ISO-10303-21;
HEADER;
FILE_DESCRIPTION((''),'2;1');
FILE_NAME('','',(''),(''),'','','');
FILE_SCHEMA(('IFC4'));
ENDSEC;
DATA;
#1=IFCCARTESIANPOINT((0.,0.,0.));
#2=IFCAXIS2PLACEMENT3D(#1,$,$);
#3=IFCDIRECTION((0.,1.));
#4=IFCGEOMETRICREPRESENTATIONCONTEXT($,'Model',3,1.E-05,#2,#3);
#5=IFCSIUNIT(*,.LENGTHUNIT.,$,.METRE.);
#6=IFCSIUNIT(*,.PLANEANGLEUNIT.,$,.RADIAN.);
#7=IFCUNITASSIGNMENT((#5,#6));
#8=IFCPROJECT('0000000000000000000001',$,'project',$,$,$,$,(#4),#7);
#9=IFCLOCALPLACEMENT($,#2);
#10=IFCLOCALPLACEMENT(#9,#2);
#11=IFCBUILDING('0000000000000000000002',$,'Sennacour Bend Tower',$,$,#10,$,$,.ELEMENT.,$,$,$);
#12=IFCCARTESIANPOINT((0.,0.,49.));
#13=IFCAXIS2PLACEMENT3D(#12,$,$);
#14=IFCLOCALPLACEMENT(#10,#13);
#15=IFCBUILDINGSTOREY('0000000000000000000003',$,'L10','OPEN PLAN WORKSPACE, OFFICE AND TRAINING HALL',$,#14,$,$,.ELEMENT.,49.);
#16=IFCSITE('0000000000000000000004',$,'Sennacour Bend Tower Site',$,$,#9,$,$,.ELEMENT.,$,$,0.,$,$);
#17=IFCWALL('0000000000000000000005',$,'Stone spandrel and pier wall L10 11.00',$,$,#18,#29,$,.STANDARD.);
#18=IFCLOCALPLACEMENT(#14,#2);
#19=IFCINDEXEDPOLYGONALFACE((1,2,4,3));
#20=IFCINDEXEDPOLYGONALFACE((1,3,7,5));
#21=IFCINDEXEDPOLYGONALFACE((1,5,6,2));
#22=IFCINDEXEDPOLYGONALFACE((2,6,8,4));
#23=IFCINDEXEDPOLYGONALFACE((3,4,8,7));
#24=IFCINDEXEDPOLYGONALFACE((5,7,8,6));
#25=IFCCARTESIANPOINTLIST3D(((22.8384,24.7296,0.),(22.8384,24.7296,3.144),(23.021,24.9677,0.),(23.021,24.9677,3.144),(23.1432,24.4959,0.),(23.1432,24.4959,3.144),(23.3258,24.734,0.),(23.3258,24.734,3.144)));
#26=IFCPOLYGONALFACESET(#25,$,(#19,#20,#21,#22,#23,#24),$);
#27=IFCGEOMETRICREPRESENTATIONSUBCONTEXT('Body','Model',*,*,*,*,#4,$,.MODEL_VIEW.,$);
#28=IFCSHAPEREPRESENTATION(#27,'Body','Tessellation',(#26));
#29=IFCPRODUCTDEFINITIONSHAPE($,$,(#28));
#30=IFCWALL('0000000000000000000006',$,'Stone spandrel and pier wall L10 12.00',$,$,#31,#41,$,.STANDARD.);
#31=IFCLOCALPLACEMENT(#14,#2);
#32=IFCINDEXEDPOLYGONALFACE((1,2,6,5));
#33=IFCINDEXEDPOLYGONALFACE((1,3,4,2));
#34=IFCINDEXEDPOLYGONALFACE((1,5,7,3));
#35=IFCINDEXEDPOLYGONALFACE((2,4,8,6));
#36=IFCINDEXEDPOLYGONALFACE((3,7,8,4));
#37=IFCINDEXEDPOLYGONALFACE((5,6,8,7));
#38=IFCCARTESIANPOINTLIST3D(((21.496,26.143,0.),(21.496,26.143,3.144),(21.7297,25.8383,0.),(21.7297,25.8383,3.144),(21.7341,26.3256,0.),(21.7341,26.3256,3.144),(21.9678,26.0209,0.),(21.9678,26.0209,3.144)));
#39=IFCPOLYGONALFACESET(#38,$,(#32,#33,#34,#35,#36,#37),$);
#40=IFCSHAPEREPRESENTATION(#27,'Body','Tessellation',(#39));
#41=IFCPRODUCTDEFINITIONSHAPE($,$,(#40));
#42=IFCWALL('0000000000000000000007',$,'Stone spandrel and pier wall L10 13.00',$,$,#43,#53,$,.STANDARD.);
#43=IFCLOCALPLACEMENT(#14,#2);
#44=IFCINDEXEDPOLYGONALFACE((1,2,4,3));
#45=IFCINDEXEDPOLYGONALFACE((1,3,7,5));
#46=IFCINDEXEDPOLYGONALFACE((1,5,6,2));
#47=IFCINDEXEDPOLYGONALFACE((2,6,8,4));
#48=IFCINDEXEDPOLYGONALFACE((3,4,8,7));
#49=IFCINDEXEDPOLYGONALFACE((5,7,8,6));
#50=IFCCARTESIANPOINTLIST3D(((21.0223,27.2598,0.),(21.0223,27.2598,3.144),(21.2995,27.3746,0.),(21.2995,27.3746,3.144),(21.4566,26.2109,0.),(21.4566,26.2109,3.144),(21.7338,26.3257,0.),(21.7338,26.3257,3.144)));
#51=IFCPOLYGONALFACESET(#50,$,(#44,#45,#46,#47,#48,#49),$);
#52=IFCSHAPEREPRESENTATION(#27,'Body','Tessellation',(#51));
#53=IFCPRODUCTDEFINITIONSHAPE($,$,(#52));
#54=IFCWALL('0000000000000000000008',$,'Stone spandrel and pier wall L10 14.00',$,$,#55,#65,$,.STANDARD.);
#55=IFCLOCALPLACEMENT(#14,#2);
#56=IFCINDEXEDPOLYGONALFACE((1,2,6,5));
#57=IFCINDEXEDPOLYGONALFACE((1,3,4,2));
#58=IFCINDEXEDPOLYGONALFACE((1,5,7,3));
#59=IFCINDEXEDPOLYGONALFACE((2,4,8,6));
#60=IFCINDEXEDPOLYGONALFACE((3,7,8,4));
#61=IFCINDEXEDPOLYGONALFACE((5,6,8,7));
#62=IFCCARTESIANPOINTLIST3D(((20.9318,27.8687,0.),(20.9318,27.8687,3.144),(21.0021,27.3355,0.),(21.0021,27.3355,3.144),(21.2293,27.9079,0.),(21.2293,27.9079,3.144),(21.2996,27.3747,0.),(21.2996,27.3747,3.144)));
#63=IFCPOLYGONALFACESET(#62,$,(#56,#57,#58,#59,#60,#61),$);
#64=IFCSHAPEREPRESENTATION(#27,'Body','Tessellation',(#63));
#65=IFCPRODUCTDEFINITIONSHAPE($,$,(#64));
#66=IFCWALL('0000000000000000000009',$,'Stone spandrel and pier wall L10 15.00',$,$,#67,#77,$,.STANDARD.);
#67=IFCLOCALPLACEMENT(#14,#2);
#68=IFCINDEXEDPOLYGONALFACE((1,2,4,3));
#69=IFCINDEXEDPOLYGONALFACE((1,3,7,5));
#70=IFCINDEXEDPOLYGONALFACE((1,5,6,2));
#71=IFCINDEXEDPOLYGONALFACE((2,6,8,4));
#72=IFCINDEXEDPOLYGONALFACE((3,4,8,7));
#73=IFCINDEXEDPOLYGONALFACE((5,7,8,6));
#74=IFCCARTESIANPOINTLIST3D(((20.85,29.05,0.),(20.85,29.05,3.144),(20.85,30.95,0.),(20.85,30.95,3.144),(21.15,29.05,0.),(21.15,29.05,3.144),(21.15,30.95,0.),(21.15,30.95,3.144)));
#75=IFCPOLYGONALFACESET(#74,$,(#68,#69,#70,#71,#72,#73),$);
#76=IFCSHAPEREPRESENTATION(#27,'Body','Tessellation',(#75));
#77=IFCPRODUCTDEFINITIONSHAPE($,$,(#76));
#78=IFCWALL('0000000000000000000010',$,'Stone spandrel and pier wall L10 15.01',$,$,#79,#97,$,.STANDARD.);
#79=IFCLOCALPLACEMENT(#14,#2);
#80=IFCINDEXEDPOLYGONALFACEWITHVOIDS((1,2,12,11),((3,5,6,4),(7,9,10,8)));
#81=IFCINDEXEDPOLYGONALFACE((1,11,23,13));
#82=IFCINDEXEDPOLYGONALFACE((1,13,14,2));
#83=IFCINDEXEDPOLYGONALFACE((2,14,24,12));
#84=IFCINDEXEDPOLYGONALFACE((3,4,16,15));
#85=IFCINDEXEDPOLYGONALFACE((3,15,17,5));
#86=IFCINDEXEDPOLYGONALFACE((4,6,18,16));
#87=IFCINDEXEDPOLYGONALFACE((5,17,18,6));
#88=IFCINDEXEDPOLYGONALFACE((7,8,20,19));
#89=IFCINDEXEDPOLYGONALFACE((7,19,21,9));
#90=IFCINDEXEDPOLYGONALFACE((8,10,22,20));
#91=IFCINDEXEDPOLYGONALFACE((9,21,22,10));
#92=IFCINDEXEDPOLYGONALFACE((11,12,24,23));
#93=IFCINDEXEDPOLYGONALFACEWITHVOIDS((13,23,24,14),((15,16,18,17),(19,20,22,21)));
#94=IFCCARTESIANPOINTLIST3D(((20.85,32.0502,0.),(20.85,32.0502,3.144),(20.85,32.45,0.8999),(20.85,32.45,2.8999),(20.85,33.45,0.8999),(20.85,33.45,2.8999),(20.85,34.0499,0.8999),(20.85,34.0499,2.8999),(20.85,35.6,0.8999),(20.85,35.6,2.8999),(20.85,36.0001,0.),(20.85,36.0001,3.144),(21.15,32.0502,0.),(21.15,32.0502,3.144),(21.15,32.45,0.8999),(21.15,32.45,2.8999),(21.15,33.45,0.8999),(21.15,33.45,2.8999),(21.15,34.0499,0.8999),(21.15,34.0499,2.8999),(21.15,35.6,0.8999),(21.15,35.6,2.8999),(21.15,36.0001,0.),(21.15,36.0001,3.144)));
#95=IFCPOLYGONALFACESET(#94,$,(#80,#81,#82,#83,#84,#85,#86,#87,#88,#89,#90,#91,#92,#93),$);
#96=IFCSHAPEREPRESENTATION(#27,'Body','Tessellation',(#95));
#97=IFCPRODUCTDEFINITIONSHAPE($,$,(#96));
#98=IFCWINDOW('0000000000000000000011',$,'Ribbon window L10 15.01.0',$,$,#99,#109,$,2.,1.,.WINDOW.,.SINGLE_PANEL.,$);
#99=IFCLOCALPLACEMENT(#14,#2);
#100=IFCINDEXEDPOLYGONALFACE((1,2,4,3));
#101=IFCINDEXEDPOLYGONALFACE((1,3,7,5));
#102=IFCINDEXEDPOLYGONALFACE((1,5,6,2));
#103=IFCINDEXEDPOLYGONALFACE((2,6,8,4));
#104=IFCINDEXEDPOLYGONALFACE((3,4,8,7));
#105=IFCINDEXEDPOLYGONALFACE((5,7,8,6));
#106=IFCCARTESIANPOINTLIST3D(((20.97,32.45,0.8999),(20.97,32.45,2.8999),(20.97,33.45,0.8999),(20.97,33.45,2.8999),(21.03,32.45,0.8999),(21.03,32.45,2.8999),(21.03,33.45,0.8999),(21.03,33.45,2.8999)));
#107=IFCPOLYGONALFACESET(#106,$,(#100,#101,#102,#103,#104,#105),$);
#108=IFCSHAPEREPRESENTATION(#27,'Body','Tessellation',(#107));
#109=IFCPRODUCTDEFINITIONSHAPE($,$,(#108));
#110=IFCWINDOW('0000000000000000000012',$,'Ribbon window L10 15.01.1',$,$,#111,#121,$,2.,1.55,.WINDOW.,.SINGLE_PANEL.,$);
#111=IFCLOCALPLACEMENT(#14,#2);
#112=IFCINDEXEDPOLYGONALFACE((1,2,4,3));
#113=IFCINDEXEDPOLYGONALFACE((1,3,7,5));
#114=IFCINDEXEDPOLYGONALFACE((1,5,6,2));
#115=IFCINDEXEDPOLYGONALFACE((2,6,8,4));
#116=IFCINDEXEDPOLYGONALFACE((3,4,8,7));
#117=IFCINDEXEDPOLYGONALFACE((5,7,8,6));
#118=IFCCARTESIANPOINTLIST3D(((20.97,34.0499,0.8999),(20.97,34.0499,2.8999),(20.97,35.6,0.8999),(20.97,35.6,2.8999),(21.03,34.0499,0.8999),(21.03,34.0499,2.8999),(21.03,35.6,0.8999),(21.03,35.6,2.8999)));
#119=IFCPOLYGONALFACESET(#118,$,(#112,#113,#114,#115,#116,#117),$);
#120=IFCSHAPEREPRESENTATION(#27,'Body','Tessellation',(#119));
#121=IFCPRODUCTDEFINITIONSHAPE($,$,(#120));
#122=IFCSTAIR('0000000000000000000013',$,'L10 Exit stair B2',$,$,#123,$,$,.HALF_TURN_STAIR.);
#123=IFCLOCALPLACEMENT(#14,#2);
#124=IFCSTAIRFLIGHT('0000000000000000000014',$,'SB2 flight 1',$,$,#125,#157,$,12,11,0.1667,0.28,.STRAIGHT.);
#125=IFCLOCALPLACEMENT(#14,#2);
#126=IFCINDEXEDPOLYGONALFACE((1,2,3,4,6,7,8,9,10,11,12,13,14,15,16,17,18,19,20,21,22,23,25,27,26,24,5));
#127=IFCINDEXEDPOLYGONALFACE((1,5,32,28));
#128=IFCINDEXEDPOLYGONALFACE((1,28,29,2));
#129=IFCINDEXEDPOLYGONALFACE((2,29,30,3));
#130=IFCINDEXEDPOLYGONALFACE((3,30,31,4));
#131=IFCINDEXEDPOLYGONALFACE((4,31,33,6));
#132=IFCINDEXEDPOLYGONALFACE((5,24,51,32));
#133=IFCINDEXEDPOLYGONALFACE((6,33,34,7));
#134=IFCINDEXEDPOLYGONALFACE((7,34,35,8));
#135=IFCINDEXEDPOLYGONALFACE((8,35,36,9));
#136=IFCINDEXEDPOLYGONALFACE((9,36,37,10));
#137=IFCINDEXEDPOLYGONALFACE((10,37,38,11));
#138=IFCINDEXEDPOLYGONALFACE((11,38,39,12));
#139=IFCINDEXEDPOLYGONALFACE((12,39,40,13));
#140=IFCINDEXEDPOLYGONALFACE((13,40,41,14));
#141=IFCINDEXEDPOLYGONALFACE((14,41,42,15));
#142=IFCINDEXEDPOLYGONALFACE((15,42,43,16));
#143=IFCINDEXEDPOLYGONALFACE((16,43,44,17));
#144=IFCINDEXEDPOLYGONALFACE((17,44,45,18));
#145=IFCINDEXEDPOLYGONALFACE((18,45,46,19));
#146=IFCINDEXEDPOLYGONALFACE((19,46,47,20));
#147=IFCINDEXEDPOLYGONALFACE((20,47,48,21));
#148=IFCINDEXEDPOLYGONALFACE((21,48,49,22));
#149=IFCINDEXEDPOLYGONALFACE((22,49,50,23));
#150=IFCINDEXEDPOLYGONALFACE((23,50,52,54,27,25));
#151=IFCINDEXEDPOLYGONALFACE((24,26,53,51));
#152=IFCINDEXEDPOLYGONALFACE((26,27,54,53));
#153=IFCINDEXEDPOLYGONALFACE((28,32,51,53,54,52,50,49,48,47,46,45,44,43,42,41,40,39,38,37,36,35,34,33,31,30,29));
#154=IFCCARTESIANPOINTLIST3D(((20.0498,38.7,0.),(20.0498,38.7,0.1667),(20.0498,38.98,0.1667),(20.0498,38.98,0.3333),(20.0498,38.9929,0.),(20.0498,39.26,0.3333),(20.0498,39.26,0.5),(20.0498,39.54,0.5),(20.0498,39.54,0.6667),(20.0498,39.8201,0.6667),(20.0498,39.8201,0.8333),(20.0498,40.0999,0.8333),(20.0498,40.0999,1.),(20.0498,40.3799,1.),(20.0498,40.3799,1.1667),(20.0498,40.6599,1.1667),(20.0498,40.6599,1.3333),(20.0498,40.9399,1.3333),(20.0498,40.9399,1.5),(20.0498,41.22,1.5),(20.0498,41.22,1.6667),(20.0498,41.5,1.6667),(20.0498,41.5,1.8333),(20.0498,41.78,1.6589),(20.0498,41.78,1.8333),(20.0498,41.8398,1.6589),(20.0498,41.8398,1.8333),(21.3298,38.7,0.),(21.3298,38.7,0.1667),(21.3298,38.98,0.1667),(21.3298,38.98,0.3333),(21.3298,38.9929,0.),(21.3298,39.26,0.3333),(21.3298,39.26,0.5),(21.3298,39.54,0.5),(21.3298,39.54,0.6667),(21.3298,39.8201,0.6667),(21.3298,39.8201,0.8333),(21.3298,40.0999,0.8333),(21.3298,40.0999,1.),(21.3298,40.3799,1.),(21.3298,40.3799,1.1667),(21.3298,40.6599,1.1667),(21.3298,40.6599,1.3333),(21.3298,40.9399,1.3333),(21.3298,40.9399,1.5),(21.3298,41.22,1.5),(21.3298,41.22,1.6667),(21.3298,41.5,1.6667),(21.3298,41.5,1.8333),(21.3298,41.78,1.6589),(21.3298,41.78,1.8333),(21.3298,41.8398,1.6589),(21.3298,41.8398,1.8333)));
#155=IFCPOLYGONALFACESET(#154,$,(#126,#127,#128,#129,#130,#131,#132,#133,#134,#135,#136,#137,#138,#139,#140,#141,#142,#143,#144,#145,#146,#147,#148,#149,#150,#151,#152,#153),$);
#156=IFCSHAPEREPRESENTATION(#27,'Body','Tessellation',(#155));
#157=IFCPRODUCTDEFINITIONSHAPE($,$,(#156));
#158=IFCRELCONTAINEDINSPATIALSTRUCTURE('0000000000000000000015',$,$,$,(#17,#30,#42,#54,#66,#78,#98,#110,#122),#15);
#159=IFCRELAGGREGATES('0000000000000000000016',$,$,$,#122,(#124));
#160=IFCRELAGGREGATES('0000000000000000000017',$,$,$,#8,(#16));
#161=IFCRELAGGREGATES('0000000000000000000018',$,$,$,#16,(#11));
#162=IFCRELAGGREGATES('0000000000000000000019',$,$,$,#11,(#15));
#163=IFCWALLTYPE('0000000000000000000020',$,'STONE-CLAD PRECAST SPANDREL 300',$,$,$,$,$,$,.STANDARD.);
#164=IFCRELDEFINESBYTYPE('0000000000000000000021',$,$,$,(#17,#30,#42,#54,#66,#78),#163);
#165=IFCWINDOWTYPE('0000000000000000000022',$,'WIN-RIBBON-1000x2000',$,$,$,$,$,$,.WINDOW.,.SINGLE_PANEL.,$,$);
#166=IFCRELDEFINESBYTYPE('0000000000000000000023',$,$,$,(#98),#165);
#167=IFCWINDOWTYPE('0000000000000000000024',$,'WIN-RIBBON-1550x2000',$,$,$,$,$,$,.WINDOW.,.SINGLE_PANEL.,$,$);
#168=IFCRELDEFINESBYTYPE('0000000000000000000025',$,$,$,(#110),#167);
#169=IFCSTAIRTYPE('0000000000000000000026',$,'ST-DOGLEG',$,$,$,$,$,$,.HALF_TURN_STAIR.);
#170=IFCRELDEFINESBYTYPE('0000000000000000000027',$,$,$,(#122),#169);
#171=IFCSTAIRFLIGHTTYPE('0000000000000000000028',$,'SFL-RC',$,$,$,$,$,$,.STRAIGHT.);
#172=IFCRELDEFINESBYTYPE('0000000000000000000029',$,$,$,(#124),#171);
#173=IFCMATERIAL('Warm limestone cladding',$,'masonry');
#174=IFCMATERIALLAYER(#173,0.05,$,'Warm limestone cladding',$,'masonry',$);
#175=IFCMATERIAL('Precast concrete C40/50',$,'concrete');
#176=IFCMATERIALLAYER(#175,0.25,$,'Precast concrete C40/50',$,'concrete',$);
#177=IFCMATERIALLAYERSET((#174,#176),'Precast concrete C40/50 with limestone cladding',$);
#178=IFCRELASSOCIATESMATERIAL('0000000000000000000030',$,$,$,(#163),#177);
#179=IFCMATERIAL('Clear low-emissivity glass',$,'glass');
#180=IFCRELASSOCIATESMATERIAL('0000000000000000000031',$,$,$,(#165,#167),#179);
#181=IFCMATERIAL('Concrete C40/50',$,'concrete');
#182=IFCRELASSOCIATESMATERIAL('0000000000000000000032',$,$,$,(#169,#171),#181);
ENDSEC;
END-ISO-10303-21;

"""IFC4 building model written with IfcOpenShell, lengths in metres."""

from ifc_helpers import new_model, si_unit, direction, frame, frame_2d, origin, place, context, subcontext, project, spatial, polyline, rectangle, outline, extrude, material, layer, layer_set, type_object, element, fill, aggregate, save


model = new_model("IFC4")

# Units and contexts
model_context = context("Model", 3, precision=1e-05, world=origin(), true_north=direction((0.0, 1.0)))
body_context = subcontext(model_context, "Body", "Model", "MODEL_VIEW")
ifc_project = project(units=[si_unit("LENGTHUNIT", "METRE"), si_unit("PLANEANGLEUNIT", "RADIAN")], contexts=[model_context])

# Site, building, storey
site_placement = place(None, origin())
site = spatial("IfcSite", under=ifc_project, at=site_placement, Name="Sennacour Bend Tower Site", CompositionType="ELEMENT", RefElevation=0.0)
building_placement = place(site_placement, origin())
building = spatial("IfcBuilding", under=site, at=building_placement, Name="Sennacour Bend Tower", CompositionType="ELEMENT")
storey_placement = place(building_placement, frame((0.0, 0.0, 49.0)))
storey = spatial("IfcBuildingStorey", under=building, at=storey_placement, Name="L10", Description="OPEN PLAN WORKSPACE, OFFICE AND TRAINING HALL", CompositionType="ELEMENT", Elevation=49.0)

# Shared definitions
ifc_material_1 = material(Name="Warm limestone cladding", Category="masonry")
ifc_layer_1 = layer(ifc_material_1, 0.05, Name="Warm limestone cladding", Category="masonry")
ifc_material_2 = material(Name="Precast concrete C40/50", Category="concrete")
ifc_layer_2 = layer(ifc_material_2, 0.25, Name="Precast concrete C40/50", Category="concrete")
ifc_layer_set_1 = layer_set([ifc_layer_1, ifc_layer_2], Name="Precast concrete C40/50 with limestone cladding")
wall_type_1 = type_object("IfcWallType", Name="STONE-CLAD PRECAST SPANDREL 300", PredefinedType="STANDARD", material=ifc_layer_set_1)
ifc_material_3 = material(Name="Clear low-emissivity glass", Category="glass")
window_type_1 = type_object("IfcWindowType", Name="WIN-RIBBON-1000x2000", PartitioningType="SINGLE_PANEL", PredefinedType="WINDOW", material=ifc_material_3)

# Walls
for number, where, z_axis, x_axis, name in (
    (1, (23.2344, 24.615, 0.0), (0.0, 0.0, 1.0), (-0.793545, 0.608512, 0.0), "Stone spandrel and pier wall L10 11.00"),
    (2, (21.8486, 25.9297, 0.0), (0.0, 0.0, 1.0), (-0.608512, 0.793545, 0.0), "Stone spandrel and pier wall L10 12.00"),
):
    element("IfcWall", number, at=place(storey_placement, frame(where, z_axis=z_axis, x_axis=x_axis)), inside=storey, type_object=wall_type_1, Name=name, PredefinedType="STANDARD", context=body_context, shape_type="SweptSolid", body=[
        extrude(rectangle(XDim=0.384, YDim=0.3, at=frame_2d((0.1919, 0.0))), origin(), (0.0, 0.0, 1.0), 3.144),
    ])
wall_1_placement = place(storey_placement, frame((21.5952, 26.2683, 0.0), z_axis=(0.0, 0.0, 1.0), x_axis=(-0.382599, 0.923915, 0.0)))
element("IfcWall", 3, at=wall_1_placement, inside=storey, type_object=wall_type_1, Name="Stone spandrel and pier wall L10 13.00", PredefinedType="STANDARD", context=body_context, shape_type="SweptSolid", body=[
    extrude(rectangle(XDim=1.1353, YDim=0.3, at=frame_2d((0.5676, 0.0))), origin(), (0.0, 0.0, 1.0), 3.144),
])
wall_2_placement = place(storey_placement, frame((21.1509, 27.355, 0.0), z_axis=(0.0, 0.0, 1.0), x_axis=(-0.130736, 0.991417, 0.0)))
element("IfcWall", 4, at=wall_2_placement, inside=storey, type_object=wall_type_1, Name="Stone spandrel and pier wall L10 14.00", PredefinedType="STANDARD", context=body_context, shape_type="SweptSolid", body=[
    extrude(rectangle(XDim=0.5378, YDim=0.3, at=frame_2d((0.269, 0.0))), origin(), (0.0, 0.0, 1.0), 3.144),
])
wall_3_placement = place(storey_placement, frame((21.0, 29.05, 0.0), z_axis=(0.0, 0.0, 1.0), x_axis=(0.0, 1.0, 0.0)))
element("IfcWall", 5, at=wall_3_placement, inside=storey, type_object=wall_type_1, Name="Stone spandrel and pier wall L10 15.00", PredefinedType="STANDARD", context=body_context, shape_type="SweptSolid", body=[
    extrude(rectangle(XDim=1.8999, YDim=0.3, at=frame_2d((0.95, 0.0))), origin(), (0.0, 0.0, 1.0), 3.144),
])

# Wall, openings, windows
wall_4_placement = place(storey_placement, frame((21.0, 32.05, 0.0), z_axis=(0.0, 0.0, 1.0), x_axis=(0.0, 1.0, 0.0)))
wall_4 = element("IfcWall", 6, at=wall_4_placement, inside=storey, type_object=wall_type_1, Name="Stone spandrel and pier wall L10 15.01", PredefinedType="STANDARD", context=body_context, shape_type="SweptSolid", body=[
    extrude(rectangle(XDim=3.95, YDim=0.3, at=frame_2d((1.9751, 0.0))), origin(), (0.0, 0.0, 1.0), 3.144),
])
opening_1_placement = place(wall_4_placement, frame((0.3999, 0.0, 0.8999)))
opening_1 = element("IfcOpeningElement", 7, at=opening_1_placement, cuts=wall_4, PredefinedType="OPENING", context=body_context, shape_type="SweptSolid", body=[
    extrude(rectangle(XDim=1.0, YDim=2.0, at=frame_2d((0.5, 1.0))), frame((0.0, 0.1602, 0.0), z_axis=(0.0, -1.0, 0.0), x_axis=(1.0, 0.0, 0.0)), (0.0, 0.0, 1.0), 0.3201),
])
opening_2_placement = place(wall_4_placement, frame((2.0, 0.0, 0.8999)))
opening_2 = element("IfcOpeningElement", 8, at=opening_2_placement, cuts=wall_4, PredefinedType="OPENING", context=body_context, shape_type="SweptSolid", body=[
    extrude(rectangle(XDim=1.55, YDim=2.0, at=frame_2d((0.7749, 1.0))), frame((0.0, 0.1602, 0.0), z_axis=(0.0, -1.0, 0.0), x_axis=(1.0, 0.0, 0.0)), (0.0, 0.0, 1.0), 0.3201),
])
window_1_placement = place(opening_1_placement, origin())
window_1 = element("IfcWindow", 9, at=window_1_placement, inside=storey, type_object=window_type_1, Name="Ribbon window L10 15.01.0", OverallHeight=2.0, OverallWidth=1.0, PartitioningType="SINGLE_PANEL", PredefinedType="WINDOW", context=body_context, shape_type="SweptSolid", body=[
    extrude(rectangle(XDim=1.0, YDim=2.0, at=frame_2d((0.5, 1.0))), frame((0.0, 0.03, 0.0), z_axis=(0.0, -1.0, 0.0), x_axis=(1.0, 0.0, 0.0)), (0.0, 0.0, 1.0), 0.0601),
])
fill(opening_1, window_1)
window_type_2 = type_object("IfcWindowType", Name="WIN-RIBBON-1550x2000", PartitioningType="SINGLE_PANEL", PredefinedType="WINDOW", material=ifc_material_3)
window_2_placement = place(opening_2_placement, origin())
window_2 = element("IfcWindow", 10, at=window_2_placement, inside=storey, type_object=window_type_2, Name="Ribbon window L10 15.01.1", OverallHeight=2.0, OverallWidth=1.55, PartitioningType="SINGLE_PANEL", PredefinedType="WINDOW", context=body_context, shape_type="SweptSolid", body=[
    extrude(rectangle(XDim=1.55, YDim=2.0, at=frame_2d((0.7749, 1.0))), frame((0.0, 0.03, 0.0), z_axis=(0.0, -1.0, 0.0), x_axis=(1.0, 0.0, 0.0)), (0.0, 0.0, 1.0), 0.0601),
])
fill(opening_2, window_2)

# Stair, stair flight
ifc_material_4 = material(Name="Concrete C40/50", Category="concrete")
stair_type = type_object("IfcStairType", Name="ST-DOGLEG", PredefinedType="HALF_TURN_STAIR", material=ifc_material_4)
stair_placement = place(storey_placement, origin())
stair = element("IfcStair", 11, at=stair_placement, inside=storey, type_object=stair_type, Name="L10 Exit stair B2", PredefinedType="HALF_TURN_STAIR")
stair_flight_type = type_object("IfcStairFlightType", Name="SFL-RC", PredefinedType="STRAIGHT", material=ifc_material_4)
stair_flight_placement = place(storey_placement, frame((20.6899, 38.7, 0.0), z_axis=(0.0, 0.0, 1.0), x_axis=(0.0, 1.0, 0.0)))
stair_flight = element("IfcStairFlight", 12, at=stair_flight_placement, type_object=stair_flight_type, Name="SB2 flight 1", NumberOfRisers=12, NumberOfTreads=11, PredefinedType="STRAIGHT", RiserHeight=0.1667, TreadLength=0.28, context=body_context, shape_type="SweptSolid", body=[
    extrude(outline(polyline([(0.0, 0.0), (0.0, 0.1667), (0.28, 0.1667), (0.28, 0.3333), (0.5601, 0.3333), (0.5601, 0.5), (0.8401, 0.5), (0.8401, 0.6667), (1.1201, 0.6667), (1.1201, 0.8333), (1.3999, 0.8333), (1.3999, 1.0), (1.6799, 1.0), (1.6799, 1.1667), (1.96, 1.1667), (1.96, 1.3333), (2.24, 1.3333), (2.24, 1.5), (2.52, 1.5), (2.52, 1.6667), (2.8, 1.6667), (2.8, 1.8333), (3.0801, 1.8333), (3.1399, 1.8333), (3.1399, 1.6589), (3.0801, 1.6589), (0.293, 0.0), (0.0, 0.0)])), frame((0.0, 0.6401, 0.0), z_axis=(0.0, -1.0, 0.0), x_axis=(1.0, 0.0, 0.0)), (0.0, 0.0, 1.0), 1.28),
])
aggregate(stair, [stair_flight])

save(model, "model.ifc")
